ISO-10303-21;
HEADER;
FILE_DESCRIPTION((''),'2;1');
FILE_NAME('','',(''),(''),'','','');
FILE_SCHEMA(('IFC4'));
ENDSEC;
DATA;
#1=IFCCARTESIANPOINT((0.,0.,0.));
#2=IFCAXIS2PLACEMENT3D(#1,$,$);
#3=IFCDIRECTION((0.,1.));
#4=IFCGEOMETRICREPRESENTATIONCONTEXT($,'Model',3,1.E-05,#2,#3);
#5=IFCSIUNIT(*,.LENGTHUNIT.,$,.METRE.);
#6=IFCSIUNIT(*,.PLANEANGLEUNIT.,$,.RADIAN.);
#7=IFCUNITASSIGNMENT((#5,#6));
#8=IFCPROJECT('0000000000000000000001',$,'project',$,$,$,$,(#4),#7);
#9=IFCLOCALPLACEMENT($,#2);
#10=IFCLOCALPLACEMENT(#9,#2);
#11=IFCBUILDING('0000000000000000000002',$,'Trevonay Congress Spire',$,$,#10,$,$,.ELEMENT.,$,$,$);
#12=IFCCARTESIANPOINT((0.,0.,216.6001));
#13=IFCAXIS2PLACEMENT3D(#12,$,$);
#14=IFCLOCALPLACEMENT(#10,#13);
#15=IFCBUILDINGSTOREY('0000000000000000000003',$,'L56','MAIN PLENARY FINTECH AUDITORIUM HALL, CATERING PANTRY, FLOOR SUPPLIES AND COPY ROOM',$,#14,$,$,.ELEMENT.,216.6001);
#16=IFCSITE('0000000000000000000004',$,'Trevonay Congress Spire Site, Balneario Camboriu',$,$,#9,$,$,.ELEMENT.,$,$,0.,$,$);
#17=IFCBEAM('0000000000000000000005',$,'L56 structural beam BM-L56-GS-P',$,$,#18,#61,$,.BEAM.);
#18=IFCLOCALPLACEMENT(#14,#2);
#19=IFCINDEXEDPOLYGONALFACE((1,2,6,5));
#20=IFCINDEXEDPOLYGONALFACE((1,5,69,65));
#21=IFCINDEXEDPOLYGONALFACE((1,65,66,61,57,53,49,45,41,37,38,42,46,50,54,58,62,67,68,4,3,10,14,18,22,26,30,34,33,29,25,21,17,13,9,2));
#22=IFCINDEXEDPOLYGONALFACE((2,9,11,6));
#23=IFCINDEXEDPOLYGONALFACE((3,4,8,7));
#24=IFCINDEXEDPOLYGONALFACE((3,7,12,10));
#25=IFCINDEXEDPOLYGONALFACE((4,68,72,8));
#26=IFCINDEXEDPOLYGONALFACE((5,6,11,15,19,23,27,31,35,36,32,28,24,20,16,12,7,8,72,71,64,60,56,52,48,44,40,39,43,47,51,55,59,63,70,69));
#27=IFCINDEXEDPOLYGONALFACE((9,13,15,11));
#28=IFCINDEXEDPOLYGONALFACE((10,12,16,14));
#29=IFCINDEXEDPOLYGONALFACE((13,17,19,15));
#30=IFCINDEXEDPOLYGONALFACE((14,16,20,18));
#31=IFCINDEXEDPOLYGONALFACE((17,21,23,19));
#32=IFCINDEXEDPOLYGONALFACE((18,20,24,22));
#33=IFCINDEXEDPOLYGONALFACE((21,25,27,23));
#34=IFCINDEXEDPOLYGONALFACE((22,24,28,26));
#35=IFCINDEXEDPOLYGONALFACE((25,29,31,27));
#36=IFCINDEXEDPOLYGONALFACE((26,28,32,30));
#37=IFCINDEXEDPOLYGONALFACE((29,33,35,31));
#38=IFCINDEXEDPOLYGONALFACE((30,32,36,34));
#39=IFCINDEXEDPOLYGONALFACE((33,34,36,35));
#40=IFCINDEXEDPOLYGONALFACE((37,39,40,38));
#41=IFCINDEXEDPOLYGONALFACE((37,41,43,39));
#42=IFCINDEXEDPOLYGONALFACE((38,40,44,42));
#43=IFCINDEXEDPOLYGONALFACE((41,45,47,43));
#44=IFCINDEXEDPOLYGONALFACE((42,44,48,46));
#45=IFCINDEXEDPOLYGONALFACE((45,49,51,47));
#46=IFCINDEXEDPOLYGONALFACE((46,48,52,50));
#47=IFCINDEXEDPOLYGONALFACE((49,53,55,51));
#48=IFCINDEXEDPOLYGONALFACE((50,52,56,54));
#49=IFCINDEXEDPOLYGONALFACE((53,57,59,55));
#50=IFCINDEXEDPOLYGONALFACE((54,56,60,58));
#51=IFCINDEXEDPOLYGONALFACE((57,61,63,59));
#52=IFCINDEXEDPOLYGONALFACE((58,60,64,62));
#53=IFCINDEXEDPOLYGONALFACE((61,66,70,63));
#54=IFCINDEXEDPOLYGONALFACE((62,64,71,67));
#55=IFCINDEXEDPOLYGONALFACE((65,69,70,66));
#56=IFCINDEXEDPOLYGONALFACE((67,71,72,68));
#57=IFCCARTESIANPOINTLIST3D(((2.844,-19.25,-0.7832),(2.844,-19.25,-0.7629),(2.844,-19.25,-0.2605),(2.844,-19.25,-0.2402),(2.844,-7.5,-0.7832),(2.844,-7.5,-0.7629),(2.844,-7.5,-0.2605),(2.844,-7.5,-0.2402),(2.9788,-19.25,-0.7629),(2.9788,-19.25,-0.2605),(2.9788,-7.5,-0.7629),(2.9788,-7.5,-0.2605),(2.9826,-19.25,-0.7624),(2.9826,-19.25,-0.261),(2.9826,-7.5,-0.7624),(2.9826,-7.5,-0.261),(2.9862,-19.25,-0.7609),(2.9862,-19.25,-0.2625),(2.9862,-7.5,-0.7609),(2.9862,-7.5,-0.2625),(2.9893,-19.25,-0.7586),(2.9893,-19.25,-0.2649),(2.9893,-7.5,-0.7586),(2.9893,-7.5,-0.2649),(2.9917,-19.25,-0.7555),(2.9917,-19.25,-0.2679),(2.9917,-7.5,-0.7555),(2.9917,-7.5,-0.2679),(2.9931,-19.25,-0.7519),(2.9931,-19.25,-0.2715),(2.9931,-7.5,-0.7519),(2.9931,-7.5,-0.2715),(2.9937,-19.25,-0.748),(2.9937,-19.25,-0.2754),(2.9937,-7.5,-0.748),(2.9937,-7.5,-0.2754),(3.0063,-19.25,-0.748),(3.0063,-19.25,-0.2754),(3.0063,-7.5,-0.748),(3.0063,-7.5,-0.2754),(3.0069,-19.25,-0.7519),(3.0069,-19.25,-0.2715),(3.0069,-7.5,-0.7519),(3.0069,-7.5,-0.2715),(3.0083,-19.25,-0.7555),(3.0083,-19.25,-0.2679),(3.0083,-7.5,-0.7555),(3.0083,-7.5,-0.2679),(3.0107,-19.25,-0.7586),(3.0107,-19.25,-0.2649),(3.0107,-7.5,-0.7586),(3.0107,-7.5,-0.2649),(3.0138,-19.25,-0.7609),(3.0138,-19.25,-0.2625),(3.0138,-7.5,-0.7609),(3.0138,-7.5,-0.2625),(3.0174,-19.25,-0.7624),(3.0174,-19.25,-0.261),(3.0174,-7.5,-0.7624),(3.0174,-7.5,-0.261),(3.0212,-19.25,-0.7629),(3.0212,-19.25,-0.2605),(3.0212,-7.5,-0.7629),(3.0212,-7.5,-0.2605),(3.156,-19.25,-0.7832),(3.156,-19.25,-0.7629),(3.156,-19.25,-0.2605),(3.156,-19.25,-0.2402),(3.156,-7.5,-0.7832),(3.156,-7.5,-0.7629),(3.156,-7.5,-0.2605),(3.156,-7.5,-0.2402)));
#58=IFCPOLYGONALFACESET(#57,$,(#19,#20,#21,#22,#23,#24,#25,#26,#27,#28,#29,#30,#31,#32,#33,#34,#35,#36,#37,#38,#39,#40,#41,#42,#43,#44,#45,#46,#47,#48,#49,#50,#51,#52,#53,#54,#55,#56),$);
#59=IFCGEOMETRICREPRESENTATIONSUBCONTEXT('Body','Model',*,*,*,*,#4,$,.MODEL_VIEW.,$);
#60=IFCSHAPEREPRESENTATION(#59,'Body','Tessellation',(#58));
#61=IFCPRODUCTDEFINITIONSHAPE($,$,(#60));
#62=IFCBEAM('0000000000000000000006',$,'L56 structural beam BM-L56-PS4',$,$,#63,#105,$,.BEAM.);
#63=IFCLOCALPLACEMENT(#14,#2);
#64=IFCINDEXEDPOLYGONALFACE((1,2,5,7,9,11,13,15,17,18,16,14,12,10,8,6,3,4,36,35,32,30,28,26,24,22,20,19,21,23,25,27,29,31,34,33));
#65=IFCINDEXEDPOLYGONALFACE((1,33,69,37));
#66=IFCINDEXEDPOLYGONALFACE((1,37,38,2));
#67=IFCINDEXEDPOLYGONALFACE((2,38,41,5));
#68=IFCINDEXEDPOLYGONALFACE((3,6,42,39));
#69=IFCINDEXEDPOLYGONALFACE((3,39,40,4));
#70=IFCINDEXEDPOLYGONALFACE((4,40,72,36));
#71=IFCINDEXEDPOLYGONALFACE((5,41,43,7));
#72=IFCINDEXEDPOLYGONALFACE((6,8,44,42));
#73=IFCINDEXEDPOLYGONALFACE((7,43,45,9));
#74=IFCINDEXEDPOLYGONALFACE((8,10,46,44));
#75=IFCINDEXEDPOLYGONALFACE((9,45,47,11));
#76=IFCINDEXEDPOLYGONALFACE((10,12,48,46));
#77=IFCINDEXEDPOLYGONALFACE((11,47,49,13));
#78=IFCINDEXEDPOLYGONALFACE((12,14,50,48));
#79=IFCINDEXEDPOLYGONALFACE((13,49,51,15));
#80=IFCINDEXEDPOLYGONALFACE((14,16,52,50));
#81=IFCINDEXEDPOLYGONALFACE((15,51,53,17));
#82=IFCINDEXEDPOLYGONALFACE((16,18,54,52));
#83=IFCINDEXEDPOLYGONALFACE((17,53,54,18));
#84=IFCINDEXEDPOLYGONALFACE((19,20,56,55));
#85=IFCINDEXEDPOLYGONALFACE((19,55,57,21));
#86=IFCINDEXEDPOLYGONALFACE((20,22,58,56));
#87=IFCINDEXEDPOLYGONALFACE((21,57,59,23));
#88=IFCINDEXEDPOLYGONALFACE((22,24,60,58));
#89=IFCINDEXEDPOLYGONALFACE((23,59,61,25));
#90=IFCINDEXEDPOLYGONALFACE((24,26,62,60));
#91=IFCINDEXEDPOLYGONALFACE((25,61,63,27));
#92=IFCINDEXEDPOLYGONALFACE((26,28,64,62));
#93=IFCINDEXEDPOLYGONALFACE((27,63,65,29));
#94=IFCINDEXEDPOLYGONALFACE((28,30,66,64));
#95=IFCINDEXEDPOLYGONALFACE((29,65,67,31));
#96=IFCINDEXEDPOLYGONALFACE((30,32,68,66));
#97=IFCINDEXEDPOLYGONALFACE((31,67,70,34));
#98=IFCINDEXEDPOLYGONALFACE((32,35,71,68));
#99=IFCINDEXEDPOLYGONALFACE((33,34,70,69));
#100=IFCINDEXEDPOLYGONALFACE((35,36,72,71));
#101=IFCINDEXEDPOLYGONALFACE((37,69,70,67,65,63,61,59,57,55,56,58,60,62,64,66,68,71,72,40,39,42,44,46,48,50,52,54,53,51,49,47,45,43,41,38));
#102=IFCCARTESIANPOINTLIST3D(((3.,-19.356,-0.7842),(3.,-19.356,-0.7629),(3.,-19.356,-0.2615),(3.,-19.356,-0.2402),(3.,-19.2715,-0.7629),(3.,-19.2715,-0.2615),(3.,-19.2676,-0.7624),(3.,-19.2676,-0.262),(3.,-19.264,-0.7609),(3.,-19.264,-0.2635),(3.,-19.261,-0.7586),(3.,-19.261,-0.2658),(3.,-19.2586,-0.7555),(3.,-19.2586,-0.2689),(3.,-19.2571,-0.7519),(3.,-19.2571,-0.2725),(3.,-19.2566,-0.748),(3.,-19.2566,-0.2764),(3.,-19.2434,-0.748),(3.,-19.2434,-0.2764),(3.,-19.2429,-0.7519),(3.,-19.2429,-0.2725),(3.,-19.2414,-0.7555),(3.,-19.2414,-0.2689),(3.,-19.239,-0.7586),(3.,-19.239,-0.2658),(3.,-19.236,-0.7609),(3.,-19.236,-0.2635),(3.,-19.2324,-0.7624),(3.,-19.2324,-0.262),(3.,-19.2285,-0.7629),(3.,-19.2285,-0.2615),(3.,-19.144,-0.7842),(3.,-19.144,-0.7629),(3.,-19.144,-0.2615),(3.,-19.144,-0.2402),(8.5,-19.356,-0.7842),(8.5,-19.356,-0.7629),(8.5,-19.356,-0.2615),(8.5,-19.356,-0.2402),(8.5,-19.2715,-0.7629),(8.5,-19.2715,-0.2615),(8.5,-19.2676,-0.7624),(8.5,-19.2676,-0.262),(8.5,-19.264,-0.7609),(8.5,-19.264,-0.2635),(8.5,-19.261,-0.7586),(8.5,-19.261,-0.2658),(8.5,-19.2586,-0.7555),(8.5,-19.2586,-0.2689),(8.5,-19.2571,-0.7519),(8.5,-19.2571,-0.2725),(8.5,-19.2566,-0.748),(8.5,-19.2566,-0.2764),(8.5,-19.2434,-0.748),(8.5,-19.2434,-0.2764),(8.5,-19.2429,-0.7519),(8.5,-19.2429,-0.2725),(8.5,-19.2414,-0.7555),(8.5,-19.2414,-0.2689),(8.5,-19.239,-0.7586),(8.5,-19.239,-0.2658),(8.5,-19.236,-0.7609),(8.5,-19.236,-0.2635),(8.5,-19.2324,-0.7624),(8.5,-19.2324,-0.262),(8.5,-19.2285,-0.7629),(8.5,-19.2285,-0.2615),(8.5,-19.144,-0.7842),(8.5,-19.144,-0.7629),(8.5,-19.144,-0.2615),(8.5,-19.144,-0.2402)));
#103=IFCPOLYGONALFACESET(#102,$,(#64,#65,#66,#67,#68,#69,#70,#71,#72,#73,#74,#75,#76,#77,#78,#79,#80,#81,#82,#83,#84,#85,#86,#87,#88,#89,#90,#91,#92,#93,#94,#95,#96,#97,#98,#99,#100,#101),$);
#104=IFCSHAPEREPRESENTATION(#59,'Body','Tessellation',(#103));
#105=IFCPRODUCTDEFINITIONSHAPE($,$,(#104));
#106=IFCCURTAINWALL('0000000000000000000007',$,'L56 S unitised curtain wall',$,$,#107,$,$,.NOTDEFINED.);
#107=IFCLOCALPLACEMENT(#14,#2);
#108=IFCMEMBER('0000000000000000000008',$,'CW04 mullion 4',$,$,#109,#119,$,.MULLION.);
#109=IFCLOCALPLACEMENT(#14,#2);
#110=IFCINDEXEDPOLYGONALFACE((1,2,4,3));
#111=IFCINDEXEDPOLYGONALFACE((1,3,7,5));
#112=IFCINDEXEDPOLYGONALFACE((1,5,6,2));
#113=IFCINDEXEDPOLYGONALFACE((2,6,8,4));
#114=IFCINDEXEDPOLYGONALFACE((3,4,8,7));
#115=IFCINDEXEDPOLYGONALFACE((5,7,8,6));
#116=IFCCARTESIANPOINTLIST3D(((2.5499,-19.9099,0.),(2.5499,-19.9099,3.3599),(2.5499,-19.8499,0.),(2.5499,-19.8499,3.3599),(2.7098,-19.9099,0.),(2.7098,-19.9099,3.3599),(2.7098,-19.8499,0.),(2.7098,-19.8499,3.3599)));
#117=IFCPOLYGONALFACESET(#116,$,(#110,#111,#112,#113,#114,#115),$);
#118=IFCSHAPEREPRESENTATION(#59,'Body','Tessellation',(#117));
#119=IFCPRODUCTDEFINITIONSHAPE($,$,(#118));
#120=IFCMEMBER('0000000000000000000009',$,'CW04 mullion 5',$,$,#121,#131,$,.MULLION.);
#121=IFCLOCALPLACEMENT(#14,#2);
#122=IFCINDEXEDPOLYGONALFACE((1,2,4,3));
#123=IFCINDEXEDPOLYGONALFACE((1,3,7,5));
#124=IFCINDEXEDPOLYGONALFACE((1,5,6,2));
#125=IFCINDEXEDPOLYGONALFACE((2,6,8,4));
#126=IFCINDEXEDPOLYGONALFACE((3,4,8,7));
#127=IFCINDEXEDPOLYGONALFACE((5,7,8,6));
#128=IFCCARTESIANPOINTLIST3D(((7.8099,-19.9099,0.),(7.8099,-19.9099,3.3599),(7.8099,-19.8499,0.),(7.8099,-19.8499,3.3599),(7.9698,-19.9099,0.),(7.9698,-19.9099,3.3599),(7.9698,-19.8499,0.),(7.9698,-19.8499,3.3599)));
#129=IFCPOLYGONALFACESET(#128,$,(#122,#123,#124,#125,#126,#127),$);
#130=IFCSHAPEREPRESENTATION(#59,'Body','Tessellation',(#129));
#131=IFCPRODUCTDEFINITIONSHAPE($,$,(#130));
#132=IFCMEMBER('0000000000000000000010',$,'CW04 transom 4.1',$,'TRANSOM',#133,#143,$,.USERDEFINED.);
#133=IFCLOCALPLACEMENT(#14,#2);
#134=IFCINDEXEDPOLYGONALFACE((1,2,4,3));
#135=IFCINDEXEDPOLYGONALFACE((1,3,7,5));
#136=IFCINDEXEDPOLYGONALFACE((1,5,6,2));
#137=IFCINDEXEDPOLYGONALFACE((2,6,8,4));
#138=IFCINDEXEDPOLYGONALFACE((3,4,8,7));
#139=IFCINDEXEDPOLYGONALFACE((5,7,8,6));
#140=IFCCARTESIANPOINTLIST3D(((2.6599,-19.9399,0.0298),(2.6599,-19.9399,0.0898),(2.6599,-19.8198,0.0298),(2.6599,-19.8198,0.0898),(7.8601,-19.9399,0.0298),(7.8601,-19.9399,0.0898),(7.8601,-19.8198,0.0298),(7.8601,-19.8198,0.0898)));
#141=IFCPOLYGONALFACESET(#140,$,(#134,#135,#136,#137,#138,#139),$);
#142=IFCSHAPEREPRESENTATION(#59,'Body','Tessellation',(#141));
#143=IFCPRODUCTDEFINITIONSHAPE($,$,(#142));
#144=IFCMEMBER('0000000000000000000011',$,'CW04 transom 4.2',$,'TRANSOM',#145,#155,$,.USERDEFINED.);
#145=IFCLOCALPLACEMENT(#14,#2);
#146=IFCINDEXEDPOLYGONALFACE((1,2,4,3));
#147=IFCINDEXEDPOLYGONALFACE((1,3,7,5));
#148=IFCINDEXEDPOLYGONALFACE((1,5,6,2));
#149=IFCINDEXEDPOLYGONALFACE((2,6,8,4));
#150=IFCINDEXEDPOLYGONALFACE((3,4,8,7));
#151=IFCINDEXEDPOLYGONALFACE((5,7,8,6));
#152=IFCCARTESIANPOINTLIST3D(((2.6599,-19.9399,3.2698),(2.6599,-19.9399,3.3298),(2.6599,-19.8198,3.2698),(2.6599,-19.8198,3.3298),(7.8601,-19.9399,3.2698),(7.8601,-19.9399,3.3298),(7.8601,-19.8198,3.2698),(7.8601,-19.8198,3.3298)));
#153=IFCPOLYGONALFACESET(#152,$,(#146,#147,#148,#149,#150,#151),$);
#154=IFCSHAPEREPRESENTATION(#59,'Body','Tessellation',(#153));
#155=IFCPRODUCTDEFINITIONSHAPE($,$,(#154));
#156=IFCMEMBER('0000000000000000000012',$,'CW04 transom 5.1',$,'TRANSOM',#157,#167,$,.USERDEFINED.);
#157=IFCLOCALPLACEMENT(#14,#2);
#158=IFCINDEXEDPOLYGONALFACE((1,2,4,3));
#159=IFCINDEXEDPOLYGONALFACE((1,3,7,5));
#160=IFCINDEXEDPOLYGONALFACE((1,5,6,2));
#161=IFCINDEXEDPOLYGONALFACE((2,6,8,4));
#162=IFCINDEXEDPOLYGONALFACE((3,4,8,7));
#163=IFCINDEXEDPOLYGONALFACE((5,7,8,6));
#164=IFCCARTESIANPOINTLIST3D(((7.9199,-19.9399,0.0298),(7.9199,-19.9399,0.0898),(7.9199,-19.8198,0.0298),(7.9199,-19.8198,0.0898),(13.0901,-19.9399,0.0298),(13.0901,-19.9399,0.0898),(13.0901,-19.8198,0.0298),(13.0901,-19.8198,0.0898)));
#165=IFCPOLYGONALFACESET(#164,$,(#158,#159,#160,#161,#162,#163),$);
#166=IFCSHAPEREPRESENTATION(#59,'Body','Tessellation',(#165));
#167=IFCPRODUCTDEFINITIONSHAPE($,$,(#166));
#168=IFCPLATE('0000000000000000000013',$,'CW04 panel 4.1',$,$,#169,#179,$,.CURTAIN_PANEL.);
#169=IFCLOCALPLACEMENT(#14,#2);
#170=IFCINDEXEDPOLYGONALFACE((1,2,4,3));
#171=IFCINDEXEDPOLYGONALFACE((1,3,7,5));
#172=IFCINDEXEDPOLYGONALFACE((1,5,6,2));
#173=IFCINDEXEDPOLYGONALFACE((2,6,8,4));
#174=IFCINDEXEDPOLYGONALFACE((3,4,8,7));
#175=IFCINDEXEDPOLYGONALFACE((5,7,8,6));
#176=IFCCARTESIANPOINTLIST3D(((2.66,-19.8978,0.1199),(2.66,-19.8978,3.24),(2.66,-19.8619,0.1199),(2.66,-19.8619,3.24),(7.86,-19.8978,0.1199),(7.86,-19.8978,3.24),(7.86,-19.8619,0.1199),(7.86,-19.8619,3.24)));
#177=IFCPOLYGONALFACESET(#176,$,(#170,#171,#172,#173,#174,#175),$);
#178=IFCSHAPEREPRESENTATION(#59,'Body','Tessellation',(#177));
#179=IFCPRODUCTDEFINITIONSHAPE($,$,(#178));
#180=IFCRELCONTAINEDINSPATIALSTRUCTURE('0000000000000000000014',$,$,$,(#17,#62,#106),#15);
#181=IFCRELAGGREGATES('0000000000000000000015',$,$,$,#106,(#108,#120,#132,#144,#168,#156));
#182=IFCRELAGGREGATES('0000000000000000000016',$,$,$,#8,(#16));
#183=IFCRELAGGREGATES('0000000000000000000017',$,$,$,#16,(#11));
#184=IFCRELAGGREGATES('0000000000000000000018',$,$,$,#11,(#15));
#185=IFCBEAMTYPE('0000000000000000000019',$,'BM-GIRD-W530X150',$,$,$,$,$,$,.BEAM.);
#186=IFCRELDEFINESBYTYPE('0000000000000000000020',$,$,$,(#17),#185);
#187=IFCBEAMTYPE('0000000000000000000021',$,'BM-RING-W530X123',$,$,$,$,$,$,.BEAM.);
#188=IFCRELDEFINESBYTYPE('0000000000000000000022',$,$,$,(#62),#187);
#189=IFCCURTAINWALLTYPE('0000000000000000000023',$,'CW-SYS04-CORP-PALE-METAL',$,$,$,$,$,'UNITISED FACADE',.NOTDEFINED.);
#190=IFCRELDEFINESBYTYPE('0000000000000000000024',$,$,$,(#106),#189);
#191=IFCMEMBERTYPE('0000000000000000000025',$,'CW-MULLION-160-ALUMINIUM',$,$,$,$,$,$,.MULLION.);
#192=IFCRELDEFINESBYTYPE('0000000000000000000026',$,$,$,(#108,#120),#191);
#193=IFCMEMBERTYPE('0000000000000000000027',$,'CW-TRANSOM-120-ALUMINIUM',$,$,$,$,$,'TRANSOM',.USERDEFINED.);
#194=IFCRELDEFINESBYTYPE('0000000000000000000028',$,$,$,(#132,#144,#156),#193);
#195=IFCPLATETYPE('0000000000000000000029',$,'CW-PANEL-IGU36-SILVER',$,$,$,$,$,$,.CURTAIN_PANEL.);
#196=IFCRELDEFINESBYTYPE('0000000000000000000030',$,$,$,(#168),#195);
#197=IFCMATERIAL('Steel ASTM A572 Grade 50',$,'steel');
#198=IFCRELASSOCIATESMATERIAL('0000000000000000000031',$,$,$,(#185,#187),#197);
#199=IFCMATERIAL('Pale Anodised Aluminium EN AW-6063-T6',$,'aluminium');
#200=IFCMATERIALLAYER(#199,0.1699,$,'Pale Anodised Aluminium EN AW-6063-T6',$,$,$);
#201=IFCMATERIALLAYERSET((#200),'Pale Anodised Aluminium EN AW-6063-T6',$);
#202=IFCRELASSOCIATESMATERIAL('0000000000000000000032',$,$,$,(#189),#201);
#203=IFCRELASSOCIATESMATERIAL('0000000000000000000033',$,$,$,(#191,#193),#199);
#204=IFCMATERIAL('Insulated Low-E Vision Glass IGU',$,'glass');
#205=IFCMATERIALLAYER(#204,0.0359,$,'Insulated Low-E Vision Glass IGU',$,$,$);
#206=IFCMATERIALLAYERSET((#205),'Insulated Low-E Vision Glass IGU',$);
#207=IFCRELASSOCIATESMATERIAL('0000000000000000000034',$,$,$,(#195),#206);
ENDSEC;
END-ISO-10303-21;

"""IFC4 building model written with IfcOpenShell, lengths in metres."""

from ifc_helpers import new_model, si_unit, direction, frame, origin, origin_2d, place, context, subcontext, project, spatial, rectangle, i_section, extrude, material, layer, layer_set, material_profile, profile_set, type_object, element, aggregate, save


model = new_model("IFC4")

# Units and contexts
model_context = context("Model", 3, precision=1e-05, world=origin(), true_north=direction((0.0, 1.0)))
body_context = subcontext(model_context, "Body", "Model", "MODEL_VIEW")
ifc_project = project(units=[si_unit("LENGTHUNIT", "METRE"), si_unit("PLANEANGLEUNIT", "RADIAN")], contexts=[model_context])

# Site, building, storey
site_placement = place(None, origin())
site = spatial("IfcSite", under=ifc_project, at=site_placement, Name="Trevonay Congress Spire Site, Balneario Camboriu", CompositionType="ELEMENT", RefElevation=0.0)
building_placement = place(site_placement, origin())
building = spatial("IfcBuilding", under=site, at=building_placement, Name="Trevonay Congress Spire", CompositionType="ELEMENT")
storey_placement = place(building_placement, frame((0.0, 0.0, 216.6001)))
storey = spatial("IfcBuildingStorey", under=building, at=storey_placement, Name="L56", Description="MAIN PLENARY FINTECH AUDITORIUM HALL, CATERING PANTRY, FLOOR SUPPLIES AND COPY ROOM", CompositionType="ELEMENT", Elevation=216.6001)

# Shared definitions
ifc_material_1 = material(Name="Steel ASTM A572 Grade 50", Category="steel")

# Beams
ifc_material_profile_1 = material_profile(ifc_material_1, i_section(OverallWidth=0.312, OverallDepth=0.543, WebThickness=0.0127, FlangeThickness=0.0203, FilletRadius=0.0149, at=origin_2d()), Name="W530x150")
ifc_profile_set_1 = profile_set([ifc_material_profile_1], Name="Steel ASTM A572 Grade 50")
beam_type_1 = type_object("IfcBeamType", Name="BM-GIRD-W530X150", PredefinedType="BEAM", material=ifc_profile_set_1)
beam_1_placement = place(storey_placement, frame((3.0, -7.5, -0.5117), z_axis=(0.0, -1.0, 0.0), x_axis=(1.0, 0.0, 0.0)))
element("IfcBeam", 1, at=beam_1_placement, inside=storey, type_object=beam_type_1, Name="L56 structural beam BM-L56-GS-P", PredefinedType="BEAM", context=body_context, shape_type="SweptSolid", body=[
    extrude(i_section(OverallWidth=0.312, OverallDepth=0.543, WebThickness=0.0127, FlangeThickness=0.0203, FilletRadius=0.0149, at=origin_2d()), origin(), (0.0, 0.0, 1.0), 11.75),
])
ifc_material_profile_2 = material_profile(ifc_material_1, i_section(OverallWidth=0.2119, OverallDepth=0.5439, WebThickness=0.0132, FlangeThickness=0.0212, FilletRadius=0.0149, at=origin_2d()), Name="W530x123")
ifc_profile_set_2 = profile_set([ifc_material_profile_2], Name="Steel ASTM A572 Grade 50")
beam_type_2 = type_object("IfcBeamType", Name="BM-RING-W530X123", PredefinedType="BEAM", material=ifc_profile_set_2)
beam_2_placement = place(storey_placement, frame((3.0, -19.25, -0.5122), z_axis=(1.0, 0.0, 0.0), x_axis=(0.0, 1.0, 0.0)))
element("IfcBeam", 2, at=beam_2_placement, inside=storey, type_object=beam_type_2, Name="L56 structural beam BM-L56-PS4", PredefinedType="BEAM", context=body_context, shape_type="SweptSolid", body=[
    extrude(i_section(OverallWidth=0.2119, OverallDepth=0.5439, WebThickness=0.0132, FlangeThickness=0.0212, FilletRadius=0.0149, at=origin_2d()), origin(), (0.0, 0.0, 1.0), 5.5),
])

# Curtain wall, members, plate
ifc_material_2 = material(Name="Pale Anodised Aluminium EN AW-6063-T6", Category="aluminium")
ifc_layer_1 = layer(ifc_material_2, 0.1699, Name="Pale Anodised Aluminium EN AW-6063-T6")
ifc_layer_set_1 = layer_set([ifc_layer_1], Name="Pale Anodised Aluminium EN AW-6063-T6")
curtain_wall_type = type_object("IfcCurtainWallType", Name="CW-SYS04-CORP-PALE-METAL", ElementType="UNITISED FACADE", PredefinedType="NOTDEFINED", material=ifc_layer_set_1)
curtain_wall_placement = place(storey_placement, origin())
curtain_wall = element("IfcCurtainWall", 3, at=curtain_wall_placement, inside=storey, type_object=curtain_wall_type, Name="L56 S unitised curtain wall", PredefinedType="NOTDEFINED")
ifc_material_profile_3 = material_profile(ifc_material_2, rectangle(XDim=0.0601, YDim=0.1599, at=origin_2d()), Name="CW-MULLION-160-ALUMINIUM")
ifc_profile_set_3 = profile_set([ifc_material_profile_3], Name="Pale Anodised Aluminium EN AW-6063-T6")
member_type_1 = type_object("IfcMemberType", Name="CW-MULLION-160-ALUMINIUM", PredefinedType="MULLION", material=ifc_profile_set_3)
member_1_placement = place(storey_placement, frame((2.6299, -19.8799, 0.0), z_axis=(0.0, 0.0, 1.0), x_axis=(0.0, 1.0, 0.0)))
member_1 = element("IfcMember", 4, at=member_1_placement, type_object=member_type_1, Name="CW04 mullion 4", PredefinedType="MULLION", context=body_context, shape_type="SweptSolid", body=[
    extrude(rectangle(XDim=0.0601, YDim=0.1599, at=origin_2d()), origin(), (0.0, 0.0, 1.0), 3.3599),
])
member_2_placement = place(storey_placement, frame((7.8899, -19.8799, 0.0), z_axis=(0.0, 0.0, 1.0), x_axis=(0.0, 1.0, 0.0)))
member_2 = element("IfcMember", 5, at=member_2_placement, type_object=member_type_1, Name="CW04 mullion 5", PredefinedType="MULLION", context=body_context, shape_type="SweptSolid", body=[
    extrude(rectangle(XDim=0.0601, YDim=0.1599, at=origin_2d()), origin(), (0.0, 0.0, 1.0), 3.3599),
])
ifc_material_profile_4 = material_profile(ifc_material_2, rectangle(XDim=0.1201, YDim=0.0601, at=origin_2d()), Name="CW-TRANSOM-120-ALUMINIUM")
ifc_profile_set_4 = profile_set([ifc_material_profile_4], Name="Pale Anodised Aluminium EN AW-6063-T6")
member_type_2 = type_object("IfcMemberType", Name="CW-TRANSOM-120-ALUMINIUM", ElementType="TRANSOM", PredefinedType="USERDEFINED", material=ifc_profile_set_4)
member_3_placement = place(storey_placement, frame((2.6599, -19.8799, 0.0598), z_axis=(1.0, 0.0, 0.0), x_axis=(0.0, 1.0, 0.0)))
member_3 = element("IfcMember", 6, at=member_3_placement, type_object=member_type_2, Name="CW04 transom 4.1", ObjectType="TRANSOM", PredefinedType="USERDEFINED", context=body_context, shape_type="SweptSolid", body=[
    extrude(rectangle(XDim=0.1201, YDim=0.0601, at=origin_2d()), origin(), (0.0, 0.0, 1.0), 5.2002),
])
member_4_placement = place(storey_placement, frame((2.6599, -19.8799, 3.2998), z_axis=(1.0, 0.0, 0.0), x_axis=(0.0, 1.0, 0.0)))
member_4 = element("IfcMember", 7, at=member_4_placement, type_object=member_type_2, Name="CW04 transom 4.2", ObjectType="TRANSOM", PredefinedType="USERDEFINED", context=body_context, shape_type="SweptSolid", body=[
    extrude(rectangle(XDim=0.1201, YDim=0.0601, at=origin_2d()), origin(), (0.0, 0.0, 1.0), 5.2002),
])
member_5_placement = place(storey_placement, frame((7.9199, -19.8799, 0.0598), z_axis=(1.0, 0.0, 0.0), x_axis=(0.0, 1.0, 0.0)))
member_5 = element("IfcMember", 8, at=member_5_placement, type_object=member_type_2, Name="CW04 transom 5.1", ObjectType="TRANSOM", PredefinedType="USERDEFINED", context=body_context, shape_type="SweptSolid", body=[
    extrude(rectangle(XDim=0.1201, YDim=0.0601, at=origin_2d()), origin(), (0.0, 0.0, 1.0), 5.1702),
])
ifc_material_3 = material(Name="Insulated Low-E Vision Glass IGU", Category="glass")
ifc_layer_2 = layer(ifc_material_3, 0.0359, Name="Insulated Low-E Vision Glass IGU")
ifc_layer_set_2 = layer_set([ifc_layer_2], Name="Insulated Low-E Vision Glass IGU")
plate_type = type_object("IfcPlateType", Name="CW-PANEL-IGU36-SILVER", PredefinedType="CURTAIN_PANEL", material=ifc_layer_set_2)
plate_placement = place(storey_placement, frame((5.26, -19.8799, 0.1199), z_axis=(0.0, 0.0, 1.0), x_axis=(1.0, 0.0, 0.0)))
plate = element("IfcPlate", 9, at=plate_placement, type_object=plate_type, Name="CW04 panel 4.1", PredefinedType="CURTAIN_PANEL", context=body_context, shape_type="SweptSolid", body=[
    extrude(rectangle(XDim=5.2, YDim=0.0359, at=origin_2d()), origin(), (0.0, 0.0, 1.0), 3.1201),
])
aggregate(curtain_wall, [member_1, member_2, member_3, member_4, plate, member_5])

save(model, "model.ifc")
